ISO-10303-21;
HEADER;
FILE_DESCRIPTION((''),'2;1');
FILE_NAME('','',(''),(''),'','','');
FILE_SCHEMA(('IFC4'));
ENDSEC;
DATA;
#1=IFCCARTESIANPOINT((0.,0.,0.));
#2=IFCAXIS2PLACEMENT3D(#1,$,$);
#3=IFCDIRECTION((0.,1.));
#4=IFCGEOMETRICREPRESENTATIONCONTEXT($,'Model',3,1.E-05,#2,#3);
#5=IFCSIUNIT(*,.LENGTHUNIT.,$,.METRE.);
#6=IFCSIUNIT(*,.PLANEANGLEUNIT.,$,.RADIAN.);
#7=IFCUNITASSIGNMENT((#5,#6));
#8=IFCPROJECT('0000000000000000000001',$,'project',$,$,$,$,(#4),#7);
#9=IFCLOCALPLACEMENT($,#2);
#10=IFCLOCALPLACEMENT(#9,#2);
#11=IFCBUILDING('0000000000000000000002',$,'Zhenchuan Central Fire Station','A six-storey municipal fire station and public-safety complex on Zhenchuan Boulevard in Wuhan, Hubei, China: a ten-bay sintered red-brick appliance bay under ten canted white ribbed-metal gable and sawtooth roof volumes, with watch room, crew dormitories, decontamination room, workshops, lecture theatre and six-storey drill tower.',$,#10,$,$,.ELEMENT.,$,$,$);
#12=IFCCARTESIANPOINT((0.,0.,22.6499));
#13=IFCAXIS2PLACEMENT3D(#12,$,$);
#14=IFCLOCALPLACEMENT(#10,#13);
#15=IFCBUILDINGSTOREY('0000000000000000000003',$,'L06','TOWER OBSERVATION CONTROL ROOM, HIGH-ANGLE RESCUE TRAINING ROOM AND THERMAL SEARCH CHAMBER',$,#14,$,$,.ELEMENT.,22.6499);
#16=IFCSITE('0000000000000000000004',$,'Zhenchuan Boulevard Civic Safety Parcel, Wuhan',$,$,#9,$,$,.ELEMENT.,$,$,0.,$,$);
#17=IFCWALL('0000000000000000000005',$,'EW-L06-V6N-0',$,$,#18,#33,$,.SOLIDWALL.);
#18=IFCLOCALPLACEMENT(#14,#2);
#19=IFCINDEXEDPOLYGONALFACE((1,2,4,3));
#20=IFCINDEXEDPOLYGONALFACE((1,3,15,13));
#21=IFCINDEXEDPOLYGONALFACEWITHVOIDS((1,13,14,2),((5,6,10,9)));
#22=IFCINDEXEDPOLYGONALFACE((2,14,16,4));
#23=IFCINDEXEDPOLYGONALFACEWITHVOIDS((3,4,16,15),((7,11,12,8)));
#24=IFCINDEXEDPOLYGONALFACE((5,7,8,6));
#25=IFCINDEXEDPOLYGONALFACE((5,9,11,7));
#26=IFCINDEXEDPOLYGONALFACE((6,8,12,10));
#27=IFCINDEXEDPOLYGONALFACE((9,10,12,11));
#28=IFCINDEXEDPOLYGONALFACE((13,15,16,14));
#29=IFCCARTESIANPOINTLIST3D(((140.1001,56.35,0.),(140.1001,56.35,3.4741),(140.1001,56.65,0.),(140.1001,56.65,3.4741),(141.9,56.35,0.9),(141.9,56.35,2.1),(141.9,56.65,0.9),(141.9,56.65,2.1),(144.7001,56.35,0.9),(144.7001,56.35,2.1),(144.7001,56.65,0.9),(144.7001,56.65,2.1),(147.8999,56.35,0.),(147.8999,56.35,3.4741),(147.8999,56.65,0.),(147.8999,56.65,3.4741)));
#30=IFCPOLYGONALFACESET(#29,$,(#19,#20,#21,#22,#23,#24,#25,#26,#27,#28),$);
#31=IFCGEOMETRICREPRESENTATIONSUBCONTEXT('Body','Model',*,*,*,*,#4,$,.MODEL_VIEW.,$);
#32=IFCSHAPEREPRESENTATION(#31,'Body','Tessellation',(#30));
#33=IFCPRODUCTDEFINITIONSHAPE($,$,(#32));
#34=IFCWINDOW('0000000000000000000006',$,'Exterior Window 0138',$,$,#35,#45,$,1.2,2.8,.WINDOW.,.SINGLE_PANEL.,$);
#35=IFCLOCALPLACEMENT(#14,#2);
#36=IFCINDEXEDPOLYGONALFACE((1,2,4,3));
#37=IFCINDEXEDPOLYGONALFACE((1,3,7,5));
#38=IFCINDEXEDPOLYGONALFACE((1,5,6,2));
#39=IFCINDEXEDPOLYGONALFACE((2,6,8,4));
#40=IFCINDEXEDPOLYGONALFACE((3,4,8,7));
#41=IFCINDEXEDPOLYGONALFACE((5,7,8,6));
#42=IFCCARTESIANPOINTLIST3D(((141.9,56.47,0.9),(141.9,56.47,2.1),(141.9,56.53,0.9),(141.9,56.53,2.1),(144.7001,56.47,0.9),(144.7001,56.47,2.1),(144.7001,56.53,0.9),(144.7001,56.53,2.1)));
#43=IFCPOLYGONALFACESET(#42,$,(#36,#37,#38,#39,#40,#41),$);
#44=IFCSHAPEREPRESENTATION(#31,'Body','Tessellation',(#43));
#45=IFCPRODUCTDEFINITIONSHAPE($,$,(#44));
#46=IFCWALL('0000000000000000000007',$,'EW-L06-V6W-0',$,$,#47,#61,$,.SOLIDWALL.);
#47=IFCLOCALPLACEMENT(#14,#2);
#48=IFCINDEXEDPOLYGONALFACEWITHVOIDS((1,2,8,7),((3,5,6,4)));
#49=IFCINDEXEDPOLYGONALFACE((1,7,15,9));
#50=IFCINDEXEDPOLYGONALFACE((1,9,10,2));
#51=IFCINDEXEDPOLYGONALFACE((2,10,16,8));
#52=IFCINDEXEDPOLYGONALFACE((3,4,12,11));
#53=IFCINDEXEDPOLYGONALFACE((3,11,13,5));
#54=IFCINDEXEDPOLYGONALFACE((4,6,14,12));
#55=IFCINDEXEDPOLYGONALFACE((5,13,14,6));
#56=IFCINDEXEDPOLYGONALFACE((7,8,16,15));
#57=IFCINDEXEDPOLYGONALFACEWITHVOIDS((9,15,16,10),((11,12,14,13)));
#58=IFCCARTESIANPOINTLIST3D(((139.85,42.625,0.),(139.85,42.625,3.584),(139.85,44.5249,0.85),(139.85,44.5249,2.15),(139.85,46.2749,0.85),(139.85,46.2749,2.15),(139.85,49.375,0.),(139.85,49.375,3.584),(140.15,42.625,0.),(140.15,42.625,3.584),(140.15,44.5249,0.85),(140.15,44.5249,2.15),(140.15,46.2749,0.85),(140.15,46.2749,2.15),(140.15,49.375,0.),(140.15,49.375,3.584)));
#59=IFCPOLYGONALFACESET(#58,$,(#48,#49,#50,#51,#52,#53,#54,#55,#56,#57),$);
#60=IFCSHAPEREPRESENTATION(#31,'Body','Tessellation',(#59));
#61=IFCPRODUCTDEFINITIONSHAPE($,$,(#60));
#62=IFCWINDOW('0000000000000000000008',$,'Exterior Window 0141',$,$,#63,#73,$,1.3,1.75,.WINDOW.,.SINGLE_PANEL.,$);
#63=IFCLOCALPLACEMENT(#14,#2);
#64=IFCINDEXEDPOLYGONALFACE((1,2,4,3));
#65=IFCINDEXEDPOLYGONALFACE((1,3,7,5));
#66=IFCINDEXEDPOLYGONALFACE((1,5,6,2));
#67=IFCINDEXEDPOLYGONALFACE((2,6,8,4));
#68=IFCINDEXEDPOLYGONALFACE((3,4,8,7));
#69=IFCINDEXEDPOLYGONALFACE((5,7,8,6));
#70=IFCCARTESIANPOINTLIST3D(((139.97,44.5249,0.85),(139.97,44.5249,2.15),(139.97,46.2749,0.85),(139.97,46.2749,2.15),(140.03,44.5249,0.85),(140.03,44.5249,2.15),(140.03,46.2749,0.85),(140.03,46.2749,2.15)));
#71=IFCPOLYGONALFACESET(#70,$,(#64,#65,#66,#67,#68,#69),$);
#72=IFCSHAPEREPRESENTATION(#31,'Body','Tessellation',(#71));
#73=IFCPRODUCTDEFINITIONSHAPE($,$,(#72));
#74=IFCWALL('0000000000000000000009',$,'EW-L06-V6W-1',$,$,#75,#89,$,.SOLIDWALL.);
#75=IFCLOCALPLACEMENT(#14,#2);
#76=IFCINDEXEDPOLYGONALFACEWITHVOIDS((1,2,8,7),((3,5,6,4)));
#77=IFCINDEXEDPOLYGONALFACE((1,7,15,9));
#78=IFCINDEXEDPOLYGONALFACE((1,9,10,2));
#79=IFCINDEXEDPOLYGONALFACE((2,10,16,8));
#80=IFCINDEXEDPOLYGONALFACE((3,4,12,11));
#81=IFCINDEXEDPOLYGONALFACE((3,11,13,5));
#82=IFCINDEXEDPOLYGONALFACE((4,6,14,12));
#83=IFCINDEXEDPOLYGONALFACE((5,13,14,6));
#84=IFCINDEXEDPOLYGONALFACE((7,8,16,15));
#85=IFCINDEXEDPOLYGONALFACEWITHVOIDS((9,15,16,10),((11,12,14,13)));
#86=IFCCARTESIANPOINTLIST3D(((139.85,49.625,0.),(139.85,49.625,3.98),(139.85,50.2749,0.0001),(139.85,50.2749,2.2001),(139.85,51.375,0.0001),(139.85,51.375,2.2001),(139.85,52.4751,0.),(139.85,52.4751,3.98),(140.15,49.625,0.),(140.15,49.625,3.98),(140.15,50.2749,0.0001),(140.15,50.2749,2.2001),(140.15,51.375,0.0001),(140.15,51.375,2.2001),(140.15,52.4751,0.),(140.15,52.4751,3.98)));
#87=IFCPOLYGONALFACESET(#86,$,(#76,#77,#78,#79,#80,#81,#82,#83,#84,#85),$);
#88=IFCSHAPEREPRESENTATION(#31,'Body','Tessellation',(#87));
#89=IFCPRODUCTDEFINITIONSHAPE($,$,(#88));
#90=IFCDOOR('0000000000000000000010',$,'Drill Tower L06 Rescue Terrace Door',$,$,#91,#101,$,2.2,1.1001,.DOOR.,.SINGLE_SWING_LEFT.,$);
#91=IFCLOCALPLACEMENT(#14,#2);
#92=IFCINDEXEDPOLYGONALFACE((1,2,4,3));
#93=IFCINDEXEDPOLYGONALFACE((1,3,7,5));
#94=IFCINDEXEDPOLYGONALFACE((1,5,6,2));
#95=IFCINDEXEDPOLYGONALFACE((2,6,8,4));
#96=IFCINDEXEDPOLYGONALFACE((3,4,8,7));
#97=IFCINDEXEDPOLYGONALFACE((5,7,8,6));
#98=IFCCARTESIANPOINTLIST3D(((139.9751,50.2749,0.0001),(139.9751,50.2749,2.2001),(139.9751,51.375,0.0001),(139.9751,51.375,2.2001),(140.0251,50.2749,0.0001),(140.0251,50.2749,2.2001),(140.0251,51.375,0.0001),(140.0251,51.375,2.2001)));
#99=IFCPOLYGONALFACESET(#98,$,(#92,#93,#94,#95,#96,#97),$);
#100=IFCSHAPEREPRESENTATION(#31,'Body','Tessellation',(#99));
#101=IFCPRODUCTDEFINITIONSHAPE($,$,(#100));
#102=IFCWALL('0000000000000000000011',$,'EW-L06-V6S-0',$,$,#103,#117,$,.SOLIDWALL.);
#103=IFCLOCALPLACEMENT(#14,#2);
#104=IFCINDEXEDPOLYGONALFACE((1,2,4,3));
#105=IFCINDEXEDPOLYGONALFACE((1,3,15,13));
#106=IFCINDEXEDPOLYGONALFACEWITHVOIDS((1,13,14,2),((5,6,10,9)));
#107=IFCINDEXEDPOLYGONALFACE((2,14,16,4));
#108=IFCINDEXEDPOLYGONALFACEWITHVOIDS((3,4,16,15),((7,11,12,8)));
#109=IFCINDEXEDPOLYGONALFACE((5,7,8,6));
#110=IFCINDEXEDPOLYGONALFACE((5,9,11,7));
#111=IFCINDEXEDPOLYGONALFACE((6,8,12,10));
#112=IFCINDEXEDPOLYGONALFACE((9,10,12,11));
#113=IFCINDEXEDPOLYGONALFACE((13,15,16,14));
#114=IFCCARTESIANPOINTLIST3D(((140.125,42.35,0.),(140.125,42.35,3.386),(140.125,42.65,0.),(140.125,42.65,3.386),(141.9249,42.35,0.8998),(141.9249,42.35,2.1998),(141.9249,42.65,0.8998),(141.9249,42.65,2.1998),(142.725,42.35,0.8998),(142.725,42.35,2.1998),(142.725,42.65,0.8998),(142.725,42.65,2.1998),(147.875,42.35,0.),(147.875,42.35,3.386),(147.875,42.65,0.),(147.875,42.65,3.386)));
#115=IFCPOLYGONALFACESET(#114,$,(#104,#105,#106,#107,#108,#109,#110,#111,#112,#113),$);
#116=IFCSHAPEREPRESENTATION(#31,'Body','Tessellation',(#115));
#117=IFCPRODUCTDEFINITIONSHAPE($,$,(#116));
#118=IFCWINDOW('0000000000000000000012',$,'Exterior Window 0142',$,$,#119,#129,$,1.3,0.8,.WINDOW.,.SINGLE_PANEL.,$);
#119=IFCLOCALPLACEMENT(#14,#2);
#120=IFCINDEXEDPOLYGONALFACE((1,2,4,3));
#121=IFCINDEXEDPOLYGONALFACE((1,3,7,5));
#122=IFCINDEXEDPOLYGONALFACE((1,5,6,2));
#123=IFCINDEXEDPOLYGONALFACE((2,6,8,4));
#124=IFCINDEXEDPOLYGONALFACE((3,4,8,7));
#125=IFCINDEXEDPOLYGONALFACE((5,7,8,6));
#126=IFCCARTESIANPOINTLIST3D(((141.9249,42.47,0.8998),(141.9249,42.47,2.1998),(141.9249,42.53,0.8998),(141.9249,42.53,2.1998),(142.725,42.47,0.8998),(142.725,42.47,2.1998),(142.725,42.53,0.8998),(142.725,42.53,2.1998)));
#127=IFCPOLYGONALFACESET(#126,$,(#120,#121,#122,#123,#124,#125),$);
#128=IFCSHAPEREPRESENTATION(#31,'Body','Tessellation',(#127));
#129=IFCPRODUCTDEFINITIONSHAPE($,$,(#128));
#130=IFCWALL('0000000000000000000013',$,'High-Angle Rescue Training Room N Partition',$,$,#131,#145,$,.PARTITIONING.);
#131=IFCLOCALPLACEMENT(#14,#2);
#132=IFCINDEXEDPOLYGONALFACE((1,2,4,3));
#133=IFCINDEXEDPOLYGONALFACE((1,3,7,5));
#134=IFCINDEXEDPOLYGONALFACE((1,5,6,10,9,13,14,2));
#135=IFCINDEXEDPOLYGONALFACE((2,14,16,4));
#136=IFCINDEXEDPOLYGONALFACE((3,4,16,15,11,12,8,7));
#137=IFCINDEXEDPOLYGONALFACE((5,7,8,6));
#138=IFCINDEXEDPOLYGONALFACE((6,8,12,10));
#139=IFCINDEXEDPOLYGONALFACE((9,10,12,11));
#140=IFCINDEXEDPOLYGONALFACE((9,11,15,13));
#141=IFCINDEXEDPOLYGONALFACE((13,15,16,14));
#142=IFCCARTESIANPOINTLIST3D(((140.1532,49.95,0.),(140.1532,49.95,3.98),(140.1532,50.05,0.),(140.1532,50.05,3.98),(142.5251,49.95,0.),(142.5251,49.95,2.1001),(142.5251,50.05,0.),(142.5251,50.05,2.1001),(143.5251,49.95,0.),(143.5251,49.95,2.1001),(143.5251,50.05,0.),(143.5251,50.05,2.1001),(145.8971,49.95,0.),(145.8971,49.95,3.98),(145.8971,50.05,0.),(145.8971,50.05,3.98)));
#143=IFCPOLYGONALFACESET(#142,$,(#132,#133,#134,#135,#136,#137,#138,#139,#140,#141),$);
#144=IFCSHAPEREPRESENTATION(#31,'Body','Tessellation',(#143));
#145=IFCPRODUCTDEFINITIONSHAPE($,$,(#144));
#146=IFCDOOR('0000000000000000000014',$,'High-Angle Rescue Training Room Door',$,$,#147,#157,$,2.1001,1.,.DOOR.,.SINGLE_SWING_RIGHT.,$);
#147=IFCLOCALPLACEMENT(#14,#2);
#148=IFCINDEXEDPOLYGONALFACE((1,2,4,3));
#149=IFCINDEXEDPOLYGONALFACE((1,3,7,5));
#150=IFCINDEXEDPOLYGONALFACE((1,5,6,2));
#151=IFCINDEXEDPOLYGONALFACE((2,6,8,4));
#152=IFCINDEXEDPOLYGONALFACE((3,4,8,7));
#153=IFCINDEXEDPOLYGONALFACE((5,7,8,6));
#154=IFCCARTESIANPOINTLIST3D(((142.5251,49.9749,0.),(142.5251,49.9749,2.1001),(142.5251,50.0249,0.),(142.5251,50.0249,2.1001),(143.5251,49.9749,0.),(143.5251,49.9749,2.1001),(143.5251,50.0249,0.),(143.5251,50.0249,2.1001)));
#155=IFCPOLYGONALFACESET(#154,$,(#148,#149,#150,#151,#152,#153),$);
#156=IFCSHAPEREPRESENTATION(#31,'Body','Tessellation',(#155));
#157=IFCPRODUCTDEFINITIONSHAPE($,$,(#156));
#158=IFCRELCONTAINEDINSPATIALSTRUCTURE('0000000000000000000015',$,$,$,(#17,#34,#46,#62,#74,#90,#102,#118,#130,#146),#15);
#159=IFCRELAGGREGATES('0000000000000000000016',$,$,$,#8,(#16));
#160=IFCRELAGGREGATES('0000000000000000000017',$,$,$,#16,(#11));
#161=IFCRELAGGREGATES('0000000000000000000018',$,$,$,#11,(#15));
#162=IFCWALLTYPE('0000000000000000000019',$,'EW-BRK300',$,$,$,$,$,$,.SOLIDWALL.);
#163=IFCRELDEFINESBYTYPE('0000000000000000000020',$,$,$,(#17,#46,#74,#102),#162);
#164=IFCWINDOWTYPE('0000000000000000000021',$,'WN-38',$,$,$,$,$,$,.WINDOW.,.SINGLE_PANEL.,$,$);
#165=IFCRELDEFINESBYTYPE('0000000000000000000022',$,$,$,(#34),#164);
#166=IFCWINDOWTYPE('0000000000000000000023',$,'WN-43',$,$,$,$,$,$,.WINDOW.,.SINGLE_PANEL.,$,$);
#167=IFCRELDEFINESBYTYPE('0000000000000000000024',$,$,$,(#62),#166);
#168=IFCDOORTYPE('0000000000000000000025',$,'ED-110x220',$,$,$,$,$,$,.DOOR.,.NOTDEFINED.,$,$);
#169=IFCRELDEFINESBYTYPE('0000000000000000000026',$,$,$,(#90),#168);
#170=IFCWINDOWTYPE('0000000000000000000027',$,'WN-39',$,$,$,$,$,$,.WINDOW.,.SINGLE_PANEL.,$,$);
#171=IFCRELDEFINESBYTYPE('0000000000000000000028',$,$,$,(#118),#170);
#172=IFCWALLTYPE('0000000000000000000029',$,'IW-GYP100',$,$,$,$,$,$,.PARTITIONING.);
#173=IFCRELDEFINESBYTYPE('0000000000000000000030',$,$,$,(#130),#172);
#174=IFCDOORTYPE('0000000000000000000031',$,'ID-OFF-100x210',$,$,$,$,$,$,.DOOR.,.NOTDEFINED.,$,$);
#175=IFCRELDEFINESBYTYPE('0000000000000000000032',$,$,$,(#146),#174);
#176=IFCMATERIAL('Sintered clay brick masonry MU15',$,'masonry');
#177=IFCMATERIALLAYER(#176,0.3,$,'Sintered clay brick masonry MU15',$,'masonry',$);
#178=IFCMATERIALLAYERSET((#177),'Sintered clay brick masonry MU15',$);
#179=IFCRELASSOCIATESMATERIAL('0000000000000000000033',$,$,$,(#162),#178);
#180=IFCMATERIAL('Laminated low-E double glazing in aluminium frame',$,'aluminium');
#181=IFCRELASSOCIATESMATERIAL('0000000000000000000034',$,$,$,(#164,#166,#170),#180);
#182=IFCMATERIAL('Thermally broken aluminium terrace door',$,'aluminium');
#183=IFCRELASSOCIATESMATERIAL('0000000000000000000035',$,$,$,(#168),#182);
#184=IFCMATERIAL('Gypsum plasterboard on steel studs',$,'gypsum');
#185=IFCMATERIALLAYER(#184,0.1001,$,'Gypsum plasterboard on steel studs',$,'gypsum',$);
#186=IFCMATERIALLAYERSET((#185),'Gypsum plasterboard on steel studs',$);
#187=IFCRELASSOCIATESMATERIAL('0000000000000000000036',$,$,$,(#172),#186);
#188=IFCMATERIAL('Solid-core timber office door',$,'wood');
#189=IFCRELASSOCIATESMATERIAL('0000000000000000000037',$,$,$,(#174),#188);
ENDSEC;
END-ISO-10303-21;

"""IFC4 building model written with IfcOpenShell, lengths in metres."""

from ifc_helpers import new_model, si_unit, direction, frame, frame_2d, origin, place, context, subcontext, project, spatial, rectangle, extrude, material, layer, layer_set, type_object, element, fill, save


model = new_model("IFC4")

# Units and contexts
model_context = context("Model", 3, precision=1e-05, world=origin(), true_north=direction((0.0, 1.0)))
body_context = subcontext(model_context, "Body", "Model", "MODEL_VIEW")
ifc_project = project(units=[si_unit("LENGTHUNIT", "METRE"), si_unit("PLANEANGLEUNIT", "RADIAN")], contexts=[model_context])

# Site, building, storey
site_placement = place(None, origin())
site = spatial("IfcSite", under=ifc_project, at=site_placement, Name="Zhenchuan Boulevard Civic Safety Parcel, Wuhan", CompositionType="ELEMENT", RefElevation=0.0)
building_placement = place(site_placement, origin())
building = spatial("IfcBuilding", under=site, at=building_placement, Name="Zhenchuan Central Fire Station", Description="A six-storey municipal fire station and public-safety complex on Zhenchuan Boulevard in Wuhan, Hubei, China: a ten-bay sintered red-brick appliance bay under ten canted white ribbed-metal gable and sawtooth roof volumes, with watch room, crew dormitories, decontamination room, workshops, lecture theatre and six-storey drill tower.", CompositionType="ELEMENT")
storey_placement = place(building_placement, frame((0.0, 0.0, 22.6499)))
storey = spatial("IfcBuildingStorey", under=building, at=storey_placement, Name="L06", Description="TOWER OBSERVATION CONTROL ROOM, HIGH-ANGLE RESCUE TRAINING ROOM AND THERMAL SEARCH CHAMBER", CompositionType="ELEMENT", Elevation=22.6499)

# Walls, openings, windows
ifc_material_1 = material(Name="Sintered clay brick masonry MU15", Category="masonry")
ifc_layer_1 = layer(ifc_material_1, 0.3, Name="Sintered clay brick masonry MU15", Category="masonry")
ifc_layer_set_1 = layer_set([ifc_layer_1], Name="Sintered clay brick masonry MU15")
wall_type_1 = type_object("IfcWallType", Name="EW-BRK300", PredefinedType="SOLIDWALL", material=ifc_layer_set_1)
wall_1_placement = place(storey_placement, frame((140.1001, 56.5, 0.0), z_axis=(0.0, 0.0, 1.0), x_axis=(1.0, 0.0, 0.0)))
wall_1 = element("IfcWall", 1, at=wall_1_placement, inside=storey, type_object=wall_type_1, Name="EW-L06-V6N-0", PredefinedType="SOLIDWALL", context=body_context, shape_type="SweptSolid", body=[
    extrude(rectangle(XDim=7.7998, YDim=0.3, at=frame_2d((3.8999, 0.0))), origin(), (0.0, 0.0, 1.0), 3.4741),
])
opening_1_placement = place(wall_1_placement, frame((1.8, 0.0, 0.8999)))
opening_1 = element("IfcOpeningElement", 2, at=opening_1_placement, cuts=wall_1, PredefinedType="OPENING", context=body_context, shape_type="SweptSolid", body=[
    extrude(rectangle(XDim=2.8, YDim=1.2, at=frame_2d((1.3999, 0.6001))), frame((0.0, 0.1599, 0.0), z_axis=(0.0, -1.0, 0.0), x_axis=(1.0, 0.0, 0.0)), (0.0, 0.0, 1.0), 0.3201),
])
ifc_material_2 = material(Name="Laminated low-E double glazing in aluminium frame", Category="aluminium")
window_type_1 = type_object("IfcWindowType", Name="WN-38", PartitioningType="SINGLE_PANEL", PredefinedType="WINDOW", material=ifc_material_2)
window_1_placement = place(opening_1_placement, origin())
window_1 = element("IfcWindow", 3, at=window_1_placement, inside=storey, type_object=window_type_1, Name="Exterior Window 0138", OverallHeight=1.2, OverallWidth=2.8, PartitioningType="SINGLE_PANEL", PredefinedType="WINDOW", context=body_context, shape_type="SweptSolid", body=[
    extrude(rectangle(XDim=2.8, YDim=1.2, at=frame_2d((1.3999, 0.6001))), frame((0.0, 0.03, 0.0), z_axis=(0.0, -1.0, 0.0), x_axis=(1.0, 0.0, 0.0)), (0.0, 0.0, 1.0), 0.0601),
])
fill(opening_1, window_1)
wall_2_placement = place(storey_placement, frame((140.0, 42.625, 0.0), z_axis=(0.0, 0.0, 1.0), x_axis=(0.0, 1.0, 0.0)))
wall_2 = element("IfcWall", 4, at=wall_2_placement, inside=storey, type_object=wall_type_1, Name="EW-L06-V6W-0", PredefinedType="SOLIDWALL", context=body_context, shape_type="SweptSolid", body=[
    extrude(rectangle(XDim=6.75, YDim=0.3, at=frame_2d((3.375, 0.0))), origin(), (0.0, 0.0, 1.0), 3.584),
])
opening_2_placement = place(wall_2_placement, frame((1.8999, 0.0, 0.8501)))
opening_2 = element("IfcOpeningElement", 5, at=opening_2_placement, cuts=wall_2, PredefinedType="OPENING", context=body_context, shape_type="SweptSolid", body=[
    extrude(rectangle(XDim=1.75, YDim=1.3, at=frame_2d((0.875, 0.6499))), frame((0.0, 0.1599, 0.0), z_axis=(0.0, -1.0, 0.0), x_axis=(1.0, 0.0, 0.0)), (0.0, 0.0, 1.0), 0.3201),
])
window_type_2 = type_object("IfcWindowType", Name="WN-43", PartitioningType="SINGLE_PANEL", PredefinedType="WINDOW", material=ifc_material_2)
window_2_placement = place(opening_2_placement, origin())
window_2 = element("IfcWindow", 6, at=window_2_placement, inside=storey, type_object=window_type_2, Name="Exterior Window 0141", OverallHeight=1.3, OverallWidth=1.75, PartitioningType="SINGLE_PANEL", PredefinedType="WINDOW", context=body_context, shape_type="SweptSolid", body=[
    extrude(rectangle(XDim=1.75, YDim=1.3, at=frame_2d((0.875, 0.6499))), frame((0.0, 0.03, 0.0), z_axis=(0.0, -1.0, 0.0), x_axis=(1.0, 0.0, 0.0)), (0.0, 0.0, 1.0), 0.0601),
])
fill(opening_2, window_2)

# Wall, opening, door
wall_3_placement = place(storey_placement, frame((140.0, 49.625, 0.0), z_axis=(0.0, 0.0, 1.0), x_axis=(0.0, 1.0, 0.0)))
wall_3 = element("IfcWall", 7, at=wall_3_placement, inside=storey, type_object=wall_type_1, Name="EW-L06-V6W-1", PredefinedType="SOLIDWALL", context=body_context, shape_type="SweptSolid", body=[
    extrude(rectangle(XDim=2.8501, YDim=0.3, at=frame_2d((1.425, 0.0))), origin(), (0.0, 0.0, 1.0), 3.98),
])
opening_3_placement = place(wall_3_placement, frame((0.6499, 0.0, 0.0)))
opening_3 = element("IfcOpeningElement", 8, at=opening_3_placement, cuts=wall_3, PredefinedType="OPENING", context=body_context, shape_type="SweptSolid", body=[
    extrude(rectangle(XDim=1.1001, YDim=2.2, at=frame_2d((0.55, 1.1001))), frame((0.0, 0.1599, 0.0), z_axis=(0.0, -1.0, 0.0), x_axis=(1.0, 0.0, 0.0)), (0.0, 0.0, 1.0), 0.3201),
])
ifc_material_3 = material(Name="Thermally broken aluminium terrace door", Category="aluminium")
door_type_1 = type_object("IfcDoorType", Name="ED-110x220", OperationType="NOTDEFINED", PredefinedType="DOOR", material=ifc_material_3)
door_1_placement = place(opening_3_placement, origin())
door_1 = element("IfcDoor", 9, at=door_1_placement, inside=storey, type_object=door_type_1, Name="Drill Tower L06 Rescue Terrace Door", OperationType="SINGLE_SWING_LEFT", OverallHeight=2.2, OverallWidth=1.1001, PredefinedType="DOOR", context=body_context, shape_type="SweptSolid", body=[
    extrude(rectangle(XDim=1.1001, YDim=2.2, at=frame_2d((0.55, 1.1001))), frame((0.0, 0.0249, 0.0), z_axis=(0.0, -1.0, 0.0), x_axis=(1.0, 0.0, 0.0)), (0.0, 0.0, 1.0), 0.05),
])
fill(opening_3, door_1)

# Wall, opening, window
wall_4_placement = place(storey_placement, frame((140.125, 42.5, 0.0), z_axis=(0.0, 0.0, 1.0), x_axis=(1.0, 0.0, 0.0)))
wall_4 = element("IfcWall", 10, at=wall_4_placement, inside=storey, type_object=wall_type_1, Name="EW-L06-V6S-0", PredefinedType="SOLIDWALL", context=body_context, shape_type="SweptSolid", body=[
    extrude(rectangle(XDim=7.75, YDim=0.3, at=frame_2d((3.875, 0.0))), origin(), (0.0, 0.0, 1.0), 3.386),
])
opening_4_placement = place(wall_4_placement, frame((1.8, 0.0, 0.8999)))
opening_4 = element("IfcOpeningElement", 11, at=opening_4_placement, cuts=wall_4, PredefinedType="OPENING", context=body_context, shape_type="SweptSolid", body=[
    extrude(rectangle(XDim=0.8, YDim=1.3, at=frame_2d((0.3999, 0.6499))), frame((0.0, 0.1599, 0.0), z_axis=(0.0, -1.0, 0.0), x_axis=(1.0, 0.0, 0.0)), (0.0, 0.0, 1.0), 0.3201),
])
window_type_3 = type_object("IfcWindowType", Name="WN-39", PartitioningType="SINGLE_PANEL", PredefinedType="WINDOW", material=ifc_material_2)
window_3_placement = place(opening_4_placement, origin())
window_3 = element("IfcWindow", 12, at=window_3_placement, inside=storey, type_object=window_type_3, Name="Exterior Window 0142", OverallHeight=1.3, OverallWidth=0.8, PartitioningType="SINGLE_PANEL", PredefinedType="WINDOW", context=body_context, shape_type="SweptSolid", body=[
    extrude(rectangle(XDim=0.8, YDim=1.3, at=frame_2d((0.3999, 0.6499))), frame((0.0, 0.03, 0.0), z_axis=(0.0, -1.0, 0.0), x_axis=(1.0, 0.0, 0.0)), (0.0, 0.0, 1.0), 0.0601),
])
fill(opening_4, window_3)

# Wall, opening, door
ifc_material_4 = material(Name="Gypsum plasterboard on steel studs", Category="gypsum")
ifc_layer_2 = layer(ifc_material_4, 0.1001, Name="Gypsum plasterboard on steel studs", Category="gypsum")
ifc_layer_set_2 = layer_set([ifc_layer_2], Name="Gypsum plasterboard on steel studs")
wall_type_2 = type_object("IfcWallType", Name="IW-GYP100", PredefinedType="PARTITIONING", material=ifc_layer_set_2)
wall_5_placement = place(storey_placement, frame((140.1531, 50.0, 0.0), z_axis=(0.0, 0.0, 1.0), x_axis=(1.0, 0.0, 0.0)))
wall_5 = element("IfcWall", 13, at=wall_5_placement, inside=storey, type_object=wall_type_2, Name="High-Angle Rescue Training Room N Partition", PredefinedType="PARTITIONING", context=body_context, shape_type="SweptSolid", body=[
    extrude(rectangle(XDim=5.7439, YDim=0.1001, at=frame_2d((2.8721, 0.0))), origin(), (0.0, 0.0, 1.0), 3.98),
])
opening_5_placement = place(wall_5_placement, frame((2.3721, 0.0, 0.0)))
opening_5 = element("IfcOpeningElement", 14, at=opening_5_placement, cuts=wall_5, PredefinedType="OPENING", context=body_context, shape_type="SweptSolid", body=[
    extrude(rectangle(XDim=1.0, YDim=2.1001, at=frame_2d((0.5, 1.05))), frame((0.0, 0.0601, 0.0), z_axis=(0.0, -1.0, 0.0), x_axis=(1.0, 0.0, 0.0)), (0.0, 0.0, 1.0), 0.1201),
])
ifc_material_5 = material(Name="Solid-core timber office door", Category="wood")
door_type_2 = type_object("IfcDoorType", Name="ID-OFF-100x210", OperationType="NOTDEFINED", PredefinedType="DOOR", material=ifc_material_5)
door_2_placement = place(opening_5_placement, origin())
door_2 = element("IfcDoor", 15, at=door_2_placement, inside=storey, type_object=door_type_2, Name="High-Angle Rescue Training Room Door", OperationType="SINGLE_SWING_RIGHT", OverallHeight=2.1001, OverallWidth=1.0, PredefinedType="DOOR", context=body_context, shape_type="SweptSolid", body=[
    extrude(rectangle(XDim=1.0, YDim=2.1001, at=frame_2d((0.5, 1.05))), frame((0.0, 0.0249, 0.0), z_axis=(0.0, -1.0, 0.0), x_axis=(1.0, 0.0, 0.0)), (0.0, 0.0, 1.0), 0.05),
])
fill(opening_5, door_2)

save(model, "model.ifc")
